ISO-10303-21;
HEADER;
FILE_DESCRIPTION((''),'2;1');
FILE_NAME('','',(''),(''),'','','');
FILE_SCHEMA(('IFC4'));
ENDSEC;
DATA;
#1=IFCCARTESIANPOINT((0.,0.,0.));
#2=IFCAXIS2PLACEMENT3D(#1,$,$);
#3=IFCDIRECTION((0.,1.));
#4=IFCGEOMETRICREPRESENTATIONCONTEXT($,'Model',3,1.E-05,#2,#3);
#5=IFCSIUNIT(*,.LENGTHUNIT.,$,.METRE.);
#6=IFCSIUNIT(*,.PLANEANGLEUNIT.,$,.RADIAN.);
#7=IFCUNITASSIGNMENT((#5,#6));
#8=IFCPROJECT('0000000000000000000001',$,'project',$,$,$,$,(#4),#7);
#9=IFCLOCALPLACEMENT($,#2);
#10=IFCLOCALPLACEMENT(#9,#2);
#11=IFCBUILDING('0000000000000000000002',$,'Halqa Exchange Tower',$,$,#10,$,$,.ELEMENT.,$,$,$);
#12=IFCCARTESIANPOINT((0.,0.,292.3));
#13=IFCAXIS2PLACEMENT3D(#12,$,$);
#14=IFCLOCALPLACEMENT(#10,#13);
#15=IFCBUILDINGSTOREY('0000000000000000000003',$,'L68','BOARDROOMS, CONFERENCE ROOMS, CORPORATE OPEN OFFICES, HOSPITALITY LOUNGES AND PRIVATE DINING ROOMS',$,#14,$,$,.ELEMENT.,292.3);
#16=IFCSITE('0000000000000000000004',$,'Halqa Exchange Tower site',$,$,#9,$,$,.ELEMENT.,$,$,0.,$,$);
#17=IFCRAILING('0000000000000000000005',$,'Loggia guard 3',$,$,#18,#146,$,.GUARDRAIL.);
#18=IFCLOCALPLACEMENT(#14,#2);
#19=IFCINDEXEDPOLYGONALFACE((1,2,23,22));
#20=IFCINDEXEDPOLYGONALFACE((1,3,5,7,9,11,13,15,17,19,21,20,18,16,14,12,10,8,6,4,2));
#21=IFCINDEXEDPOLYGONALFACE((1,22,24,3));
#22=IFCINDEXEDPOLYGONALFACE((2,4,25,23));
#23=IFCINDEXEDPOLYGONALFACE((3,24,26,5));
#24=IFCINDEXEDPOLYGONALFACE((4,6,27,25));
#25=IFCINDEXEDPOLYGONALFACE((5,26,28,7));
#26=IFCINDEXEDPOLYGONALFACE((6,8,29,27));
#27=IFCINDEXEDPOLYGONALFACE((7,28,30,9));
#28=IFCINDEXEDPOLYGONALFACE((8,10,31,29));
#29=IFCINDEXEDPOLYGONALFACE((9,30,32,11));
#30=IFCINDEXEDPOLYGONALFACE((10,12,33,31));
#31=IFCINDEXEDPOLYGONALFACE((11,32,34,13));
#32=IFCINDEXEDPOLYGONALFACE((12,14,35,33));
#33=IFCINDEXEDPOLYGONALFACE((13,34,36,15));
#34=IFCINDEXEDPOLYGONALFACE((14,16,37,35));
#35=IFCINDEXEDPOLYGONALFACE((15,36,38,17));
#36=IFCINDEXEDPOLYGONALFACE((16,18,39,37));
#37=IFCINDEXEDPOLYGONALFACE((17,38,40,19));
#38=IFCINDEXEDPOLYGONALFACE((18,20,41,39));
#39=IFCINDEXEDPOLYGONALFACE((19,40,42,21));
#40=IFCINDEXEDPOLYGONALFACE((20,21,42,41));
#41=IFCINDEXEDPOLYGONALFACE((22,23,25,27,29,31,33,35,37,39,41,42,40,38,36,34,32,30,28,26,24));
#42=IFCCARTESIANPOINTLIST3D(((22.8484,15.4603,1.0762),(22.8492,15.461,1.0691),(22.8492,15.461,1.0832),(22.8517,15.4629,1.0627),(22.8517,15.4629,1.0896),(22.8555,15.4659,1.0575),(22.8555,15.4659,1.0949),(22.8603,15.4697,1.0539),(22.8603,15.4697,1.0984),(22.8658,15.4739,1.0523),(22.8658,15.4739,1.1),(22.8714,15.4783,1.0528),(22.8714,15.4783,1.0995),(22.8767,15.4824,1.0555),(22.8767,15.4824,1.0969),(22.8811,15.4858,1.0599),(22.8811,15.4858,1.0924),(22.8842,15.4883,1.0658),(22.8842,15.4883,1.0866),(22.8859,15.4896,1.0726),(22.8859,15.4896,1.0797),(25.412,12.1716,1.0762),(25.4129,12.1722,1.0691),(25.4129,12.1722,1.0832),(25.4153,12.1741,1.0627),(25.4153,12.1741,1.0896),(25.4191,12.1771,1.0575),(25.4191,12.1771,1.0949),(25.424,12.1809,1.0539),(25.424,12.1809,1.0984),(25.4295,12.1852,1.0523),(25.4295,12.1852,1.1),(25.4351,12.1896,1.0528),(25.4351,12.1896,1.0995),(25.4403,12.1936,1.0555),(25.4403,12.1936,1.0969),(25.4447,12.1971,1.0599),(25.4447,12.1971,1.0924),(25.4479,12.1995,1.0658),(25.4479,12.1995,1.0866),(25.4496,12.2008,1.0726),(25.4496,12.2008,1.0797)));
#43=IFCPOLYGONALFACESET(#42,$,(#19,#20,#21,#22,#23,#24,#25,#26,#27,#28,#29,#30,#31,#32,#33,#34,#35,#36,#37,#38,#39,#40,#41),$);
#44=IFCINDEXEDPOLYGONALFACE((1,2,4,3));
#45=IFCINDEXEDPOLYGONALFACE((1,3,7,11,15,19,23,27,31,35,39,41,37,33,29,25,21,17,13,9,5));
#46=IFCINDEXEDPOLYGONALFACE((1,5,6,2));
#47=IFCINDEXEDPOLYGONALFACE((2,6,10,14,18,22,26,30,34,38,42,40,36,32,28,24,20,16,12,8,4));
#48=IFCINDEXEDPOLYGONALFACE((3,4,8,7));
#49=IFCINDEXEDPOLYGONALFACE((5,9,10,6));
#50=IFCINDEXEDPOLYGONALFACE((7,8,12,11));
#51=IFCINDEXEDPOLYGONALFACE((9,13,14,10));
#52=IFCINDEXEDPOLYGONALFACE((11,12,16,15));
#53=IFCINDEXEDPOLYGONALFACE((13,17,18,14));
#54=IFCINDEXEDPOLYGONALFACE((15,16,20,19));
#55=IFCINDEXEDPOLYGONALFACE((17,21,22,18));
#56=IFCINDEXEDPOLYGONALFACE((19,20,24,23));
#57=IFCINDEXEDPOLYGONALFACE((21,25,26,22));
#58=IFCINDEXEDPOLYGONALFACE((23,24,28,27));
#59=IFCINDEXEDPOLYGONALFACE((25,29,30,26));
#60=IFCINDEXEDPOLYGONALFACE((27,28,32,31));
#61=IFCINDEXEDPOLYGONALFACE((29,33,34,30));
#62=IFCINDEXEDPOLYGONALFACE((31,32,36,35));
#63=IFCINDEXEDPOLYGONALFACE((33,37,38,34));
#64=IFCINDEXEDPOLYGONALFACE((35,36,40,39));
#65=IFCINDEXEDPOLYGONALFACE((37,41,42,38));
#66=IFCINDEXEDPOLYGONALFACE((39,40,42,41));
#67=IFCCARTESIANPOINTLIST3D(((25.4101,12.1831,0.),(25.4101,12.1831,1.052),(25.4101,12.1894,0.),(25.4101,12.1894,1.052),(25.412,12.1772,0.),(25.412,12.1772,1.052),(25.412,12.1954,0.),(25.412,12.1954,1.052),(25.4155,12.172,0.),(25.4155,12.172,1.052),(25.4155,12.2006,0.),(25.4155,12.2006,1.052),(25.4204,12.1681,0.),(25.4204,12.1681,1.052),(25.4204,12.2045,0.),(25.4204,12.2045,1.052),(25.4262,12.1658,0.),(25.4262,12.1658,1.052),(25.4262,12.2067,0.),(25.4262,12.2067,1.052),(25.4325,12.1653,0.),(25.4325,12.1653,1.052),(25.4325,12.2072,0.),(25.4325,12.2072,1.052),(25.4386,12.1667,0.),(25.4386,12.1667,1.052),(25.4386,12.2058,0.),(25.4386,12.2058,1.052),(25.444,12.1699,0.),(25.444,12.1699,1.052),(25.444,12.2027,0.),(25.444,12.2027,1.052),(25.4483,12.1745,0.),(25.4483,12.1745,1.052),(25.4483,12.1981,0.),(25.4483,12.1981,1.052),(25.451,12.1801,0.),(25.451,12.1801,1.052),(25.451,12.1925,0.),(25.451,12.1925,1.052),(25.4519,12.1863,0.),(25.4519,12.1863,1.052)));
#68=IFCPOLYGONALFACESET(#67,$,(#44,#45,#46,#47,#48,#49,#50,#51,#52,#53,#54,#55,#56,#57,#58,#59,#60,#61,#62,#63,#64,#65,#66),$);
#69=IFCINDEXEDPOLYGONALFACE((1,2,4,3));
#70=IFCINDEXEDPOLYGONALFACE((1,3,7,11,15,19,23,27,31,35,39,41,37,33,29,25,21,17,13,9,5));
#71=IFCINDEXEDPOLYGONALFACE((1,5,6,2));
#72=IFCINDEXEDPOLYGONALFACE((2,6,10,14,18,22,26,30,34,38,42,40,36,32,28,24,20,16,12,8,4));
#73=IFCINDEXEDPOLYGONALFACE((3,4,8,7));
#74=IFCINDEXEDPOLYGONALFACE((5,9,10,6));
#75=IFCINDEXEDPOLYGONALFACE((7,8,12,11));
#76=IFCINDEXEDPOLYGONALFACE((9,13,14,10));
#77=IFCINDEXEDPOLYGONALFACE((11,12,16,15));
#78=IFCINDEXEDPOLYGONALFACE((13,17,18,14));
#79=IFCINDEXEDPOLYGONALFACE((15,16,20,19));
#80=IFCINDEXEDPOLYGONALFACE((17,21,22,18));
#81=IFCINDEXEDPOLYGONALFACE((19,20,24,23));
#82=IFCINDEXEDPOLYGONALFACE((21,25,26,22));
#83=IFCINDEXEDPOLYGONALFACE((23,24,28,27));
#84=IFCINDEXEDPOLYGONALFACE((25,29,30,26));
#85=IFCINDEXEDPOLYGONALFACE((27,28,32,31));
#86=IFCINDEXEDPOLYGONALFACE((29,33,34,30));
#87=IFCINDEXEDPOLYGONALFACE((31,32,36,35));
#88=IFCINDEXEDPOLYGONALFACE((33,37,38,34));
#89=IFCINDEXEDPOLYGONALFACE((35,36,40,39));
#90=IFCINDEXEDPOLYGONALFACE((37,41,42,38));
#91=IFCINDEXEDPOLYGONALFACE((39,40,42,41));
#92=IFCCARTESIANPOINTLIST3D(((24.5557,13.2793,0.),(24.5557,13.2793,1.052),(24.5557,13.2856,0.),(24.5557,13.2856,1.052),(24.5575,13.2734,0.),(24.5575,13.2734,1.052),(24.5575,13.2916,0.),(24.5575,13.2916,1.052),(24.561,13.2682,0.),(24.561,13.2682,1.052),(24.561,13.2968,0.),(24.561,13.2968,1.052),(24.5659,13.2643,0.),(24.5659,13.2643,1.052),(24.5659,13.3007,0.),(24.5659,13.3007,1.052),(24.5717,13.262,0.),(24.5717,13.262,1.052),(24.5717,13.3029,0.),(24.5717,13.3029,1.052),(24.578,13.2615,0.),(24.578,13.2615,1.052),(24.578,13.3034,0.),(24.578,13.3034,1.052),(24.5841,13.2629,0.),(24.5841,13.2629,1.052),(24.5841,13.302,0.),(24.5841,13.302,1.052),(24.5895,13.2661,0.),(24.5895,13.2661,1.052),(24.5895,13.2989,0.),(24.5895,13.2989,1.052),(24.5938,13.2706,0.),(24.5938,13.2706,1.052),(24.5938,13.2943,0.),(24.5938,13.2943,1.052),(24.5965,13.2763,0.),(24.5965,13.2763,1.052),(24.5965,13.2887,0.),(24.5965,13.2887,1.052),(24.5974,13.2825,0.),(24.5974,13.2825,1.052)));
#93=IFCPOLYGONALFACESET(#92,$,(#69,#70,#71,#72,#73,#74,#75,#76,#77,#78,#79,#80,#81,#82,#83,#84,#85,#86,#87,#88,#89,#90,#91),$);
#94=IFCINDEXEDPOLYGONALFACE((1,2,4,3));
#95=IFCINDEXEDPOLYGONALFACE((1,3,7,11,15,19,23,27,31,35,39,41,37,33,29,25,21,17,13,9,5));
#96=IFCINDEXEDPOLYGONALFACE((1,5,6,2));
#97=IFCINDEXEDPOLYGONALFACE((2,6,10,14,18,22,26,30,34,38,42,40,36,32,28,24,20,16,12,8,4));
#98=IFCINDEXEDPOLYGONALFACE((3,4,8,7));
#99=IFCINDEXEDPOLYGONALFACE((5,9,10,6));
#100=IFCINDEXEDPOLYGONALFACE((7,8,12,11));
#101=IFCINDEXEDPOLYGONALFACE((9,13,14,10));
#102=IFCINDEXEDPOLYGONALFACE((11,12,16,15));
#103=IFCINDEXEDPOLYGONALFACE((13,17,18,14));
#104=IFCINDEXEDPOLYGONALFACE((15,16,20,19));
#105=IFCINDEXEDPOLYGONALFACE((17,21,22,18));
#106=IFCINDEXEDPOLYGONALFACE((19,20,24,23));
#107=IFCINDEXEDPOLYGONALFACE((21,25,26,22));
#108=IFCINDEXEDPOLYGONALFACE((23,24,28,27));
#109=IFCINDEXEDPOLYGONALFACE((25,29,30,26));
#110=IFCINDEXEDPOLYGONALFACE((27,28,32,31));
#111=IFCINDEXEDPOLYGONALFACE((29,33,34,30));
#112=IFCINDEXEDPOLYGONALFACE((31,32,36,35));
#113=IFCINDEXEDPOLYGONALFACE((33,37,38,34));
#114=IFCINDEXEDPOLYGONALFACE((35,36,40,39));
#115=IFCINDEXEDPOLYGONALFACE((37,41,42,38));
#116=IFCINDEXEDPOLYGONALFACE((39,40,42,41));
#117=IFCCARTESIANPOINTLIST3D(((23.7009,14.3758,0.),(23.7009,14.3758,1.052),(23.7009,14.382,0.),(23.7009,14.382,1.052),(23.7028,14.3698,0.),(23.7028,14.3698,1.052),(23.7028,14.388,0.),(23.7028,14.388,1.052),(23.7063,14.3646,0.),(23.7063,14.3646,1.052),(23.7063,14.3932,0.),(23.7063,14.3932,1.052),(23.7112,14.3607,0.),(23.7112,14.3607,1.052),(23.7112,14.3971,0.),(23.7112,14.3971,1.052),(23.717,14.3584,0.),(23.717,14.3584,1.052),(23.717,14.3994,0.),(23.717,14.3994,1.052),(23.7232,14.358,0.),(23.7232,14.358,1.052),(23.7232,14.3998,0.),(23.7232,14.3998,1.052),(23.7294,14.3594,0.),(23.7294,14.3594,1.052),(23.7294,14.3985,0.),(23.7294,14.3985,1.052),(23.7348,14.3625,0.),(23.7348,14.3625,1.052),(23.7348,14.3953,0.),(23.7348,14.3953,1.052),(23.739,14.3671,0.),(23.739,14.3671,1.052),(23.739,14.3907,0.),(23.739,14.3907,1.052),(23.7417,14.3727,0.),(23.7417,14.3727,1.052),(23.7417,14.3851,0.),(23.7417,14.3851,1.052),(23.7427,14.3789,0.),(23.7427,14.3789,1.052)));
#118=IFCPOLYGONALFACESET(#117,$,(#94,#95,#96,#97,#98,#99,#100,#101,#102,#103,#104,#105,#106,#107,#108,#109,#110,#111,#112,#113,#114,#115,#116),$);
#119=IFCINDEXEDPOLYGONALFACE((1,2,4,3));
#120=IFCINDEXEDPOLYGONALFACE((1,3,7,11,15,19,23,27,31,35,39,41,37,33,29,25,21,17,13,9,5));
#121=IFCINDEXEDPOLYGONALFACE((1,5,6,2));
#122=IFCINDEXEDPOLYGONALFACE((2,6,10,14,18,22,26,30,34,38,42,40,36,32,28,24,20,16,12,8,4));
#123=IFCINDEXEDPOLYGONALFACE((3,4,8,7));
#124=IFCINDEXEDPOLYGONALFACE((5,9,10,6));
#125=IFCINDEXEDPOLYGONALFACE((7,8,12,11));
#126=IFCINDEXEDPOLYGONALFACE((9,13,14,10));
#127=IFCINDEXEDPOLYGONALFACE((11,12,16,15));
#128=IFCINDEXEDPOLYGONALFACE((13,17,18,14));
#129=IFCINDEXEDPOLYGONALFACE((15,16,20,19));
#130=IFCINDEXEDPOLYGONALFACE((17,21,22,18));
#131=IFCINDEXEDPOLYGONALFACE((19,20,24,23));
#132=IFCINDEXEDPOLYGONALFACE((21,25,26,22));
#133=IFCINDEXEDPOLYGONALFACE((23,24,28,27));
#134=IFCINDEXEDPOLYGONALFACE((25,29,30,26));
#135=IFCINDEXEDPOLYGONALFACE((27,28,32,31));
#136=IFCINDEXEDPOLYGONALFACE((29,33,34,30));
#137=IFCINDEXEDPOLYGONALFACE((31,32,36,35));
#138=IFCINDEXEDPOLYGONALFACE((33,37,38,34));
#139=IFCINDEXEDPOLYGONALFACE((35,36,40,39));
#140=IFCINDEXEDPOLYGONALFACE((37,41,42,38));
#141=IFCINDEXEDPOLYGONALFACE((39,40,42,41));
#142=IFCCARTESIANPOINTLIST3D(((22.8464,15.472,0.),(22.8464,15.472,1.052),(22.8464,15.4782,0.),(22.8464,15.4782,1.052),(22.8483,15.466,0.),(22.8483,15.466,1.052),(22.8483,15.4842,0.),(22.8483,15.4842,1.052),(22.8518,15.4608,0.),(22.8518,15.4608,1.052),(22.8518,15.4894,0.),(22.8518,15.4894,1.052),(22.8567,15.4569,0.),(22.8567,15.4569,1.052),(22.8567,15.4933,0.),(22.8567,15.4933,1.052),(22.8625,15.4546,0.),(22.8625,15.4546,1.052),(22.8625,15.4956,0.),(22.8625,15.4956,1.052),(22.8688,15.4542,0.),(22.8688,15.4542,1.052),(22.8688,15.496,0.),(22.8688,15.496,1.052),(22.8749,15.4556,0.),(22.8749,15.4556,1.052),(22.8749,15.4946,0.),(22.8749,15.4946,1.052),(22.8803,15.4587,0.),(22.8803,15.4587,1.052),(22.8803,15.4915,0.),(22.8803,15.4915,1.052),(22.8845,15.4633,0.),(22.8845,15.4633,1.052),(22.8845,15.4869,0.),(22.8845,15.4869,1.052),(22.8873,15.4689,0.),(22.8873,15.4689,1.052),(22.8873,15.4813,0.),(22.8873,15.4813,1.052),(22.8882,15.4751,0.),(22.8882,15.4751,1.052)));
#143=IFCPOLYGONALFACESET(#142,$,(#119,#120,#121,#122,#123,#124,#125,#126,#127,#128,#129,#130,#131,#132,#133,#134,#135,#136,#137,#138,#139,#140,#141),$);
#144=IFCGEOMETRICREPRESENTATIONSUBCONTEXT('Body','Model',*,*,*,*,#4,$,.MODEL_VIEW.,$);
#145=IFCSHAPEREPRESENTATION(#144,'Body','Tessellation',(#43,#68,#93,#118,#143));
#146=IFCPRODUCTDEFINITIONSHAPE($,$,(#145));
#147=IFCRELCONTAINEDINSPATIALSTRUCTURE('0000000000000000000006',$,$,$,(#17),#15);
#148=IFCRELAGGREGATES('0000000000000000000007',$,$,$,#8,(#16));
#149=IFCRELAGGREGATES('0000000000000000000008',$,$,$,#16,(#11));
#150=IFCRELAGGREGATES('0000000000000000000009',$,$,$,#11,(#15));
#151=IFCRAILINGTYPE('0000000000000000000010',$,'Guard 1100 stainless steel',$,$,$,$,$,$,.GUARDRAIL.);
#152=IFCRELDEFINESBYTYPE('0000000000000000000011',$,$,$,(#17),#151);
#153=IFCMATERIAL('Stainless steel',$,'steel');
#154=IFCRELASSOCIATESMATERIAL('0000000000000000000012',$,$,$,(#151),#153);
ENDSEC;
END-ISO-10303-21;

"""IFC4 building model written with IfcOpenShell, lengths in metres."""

from ifc_helpers import new_model, si_unit, direction, frame, origin, origin_2d, place, context, subcontext, project, spatial, circle, extrude, material, type_object, element, save


model = new_model("IFC4")

# Units and contexts
model_context = context("Model", 3, precision=1e-05, world=origin(), true_north=direction((0.0, 1.0)))
body_context = subcontext(model_context, "Body", "Model", "MODEL_VIEW")
ifc_project = project(units=[si_unit("LENGTHUNIT", "METRE"), si_unit("PLANEANGLEUNIT", "RADIAN")], contexts=[model_context])

# Site, building, storey
site_placement = place(None, origin())
site = spatial("IfcSite", under=ifc_project, at=site_placement, Name="Halqa Exchange Tower site", CompositionType="ELEMENT", RefElevation=0.0)
building_placement = place(site_placement, origin())
building = spatial("IfcBuilding", under=site, at=building_placement, Name="Halqa Exchange Tower", CompositionType="ELEMENT")
storey_placement = place(building_placement, frame((0.0, 0.0, 292.3)))
storey = spatial("IfcBuildingStorey", under=building, at=storey_placement, Name="L68", Description="BOARDROOMS, CONFERENCE ROOMS, CORPORATE OPEN OFFICES, HOSPITALITY LOUNGES AND PRIVATE DINING ROOMS", CompositionType="ELEMENT", Elevation=292.3)

# Railing
ifc_material_1 = material(Name="Stainless steel", Category="steel")
railing_type = type_object("IfcRailingType", Name="Guard 1100 stainless steel", PredefinedType="GUARDRAIL", material=ifc_material_1)
railing_1_placement = place(storey_placement, frame((25.4309, 12.1863, 0.0)))
element("IfcRailing", 1, at=railing_1_placement, inside=storey, type_object=railing_type, Name="Loggia guard 3", PredefinedType="GUARDRAIL", context=body_context, shape_type="SweptSolid", body=[
    extrude(circle(Radius=0.0239, at=origin_2d()), frame((0.0, 0.0, 1.0762), z_axis=(-0.6148, 0.788683, 0.0), x_axis=(-0.788683, -0.6148, 0.0)), (0.0, 0.0, 1.0), 4.1699),
    extrude(circle(Radius=0.021, at=origin_2d()), origin(), (0.0, 0.0, 1.0), 1.052),
    extrude(circle(Radius=0.021, at=origin_2d()), frame((-0.8545, 1.0962, 0.0)), (0.0, 0.0, 1.0), 1.052),
    extrude(circle(Radius=0.021, at=origin_2d()), frame((-1.7092, 2.1926, 0.0)), (0.0, 0.0, 1.0), 1.052),
    extrude(circle(Radius=0.021, at=origin_2d()), frame((-2.5637, 3.2888, 0.0)), (0.0, 0.0, 1.0), 1.052),
])

save(model, "model.ifc")
